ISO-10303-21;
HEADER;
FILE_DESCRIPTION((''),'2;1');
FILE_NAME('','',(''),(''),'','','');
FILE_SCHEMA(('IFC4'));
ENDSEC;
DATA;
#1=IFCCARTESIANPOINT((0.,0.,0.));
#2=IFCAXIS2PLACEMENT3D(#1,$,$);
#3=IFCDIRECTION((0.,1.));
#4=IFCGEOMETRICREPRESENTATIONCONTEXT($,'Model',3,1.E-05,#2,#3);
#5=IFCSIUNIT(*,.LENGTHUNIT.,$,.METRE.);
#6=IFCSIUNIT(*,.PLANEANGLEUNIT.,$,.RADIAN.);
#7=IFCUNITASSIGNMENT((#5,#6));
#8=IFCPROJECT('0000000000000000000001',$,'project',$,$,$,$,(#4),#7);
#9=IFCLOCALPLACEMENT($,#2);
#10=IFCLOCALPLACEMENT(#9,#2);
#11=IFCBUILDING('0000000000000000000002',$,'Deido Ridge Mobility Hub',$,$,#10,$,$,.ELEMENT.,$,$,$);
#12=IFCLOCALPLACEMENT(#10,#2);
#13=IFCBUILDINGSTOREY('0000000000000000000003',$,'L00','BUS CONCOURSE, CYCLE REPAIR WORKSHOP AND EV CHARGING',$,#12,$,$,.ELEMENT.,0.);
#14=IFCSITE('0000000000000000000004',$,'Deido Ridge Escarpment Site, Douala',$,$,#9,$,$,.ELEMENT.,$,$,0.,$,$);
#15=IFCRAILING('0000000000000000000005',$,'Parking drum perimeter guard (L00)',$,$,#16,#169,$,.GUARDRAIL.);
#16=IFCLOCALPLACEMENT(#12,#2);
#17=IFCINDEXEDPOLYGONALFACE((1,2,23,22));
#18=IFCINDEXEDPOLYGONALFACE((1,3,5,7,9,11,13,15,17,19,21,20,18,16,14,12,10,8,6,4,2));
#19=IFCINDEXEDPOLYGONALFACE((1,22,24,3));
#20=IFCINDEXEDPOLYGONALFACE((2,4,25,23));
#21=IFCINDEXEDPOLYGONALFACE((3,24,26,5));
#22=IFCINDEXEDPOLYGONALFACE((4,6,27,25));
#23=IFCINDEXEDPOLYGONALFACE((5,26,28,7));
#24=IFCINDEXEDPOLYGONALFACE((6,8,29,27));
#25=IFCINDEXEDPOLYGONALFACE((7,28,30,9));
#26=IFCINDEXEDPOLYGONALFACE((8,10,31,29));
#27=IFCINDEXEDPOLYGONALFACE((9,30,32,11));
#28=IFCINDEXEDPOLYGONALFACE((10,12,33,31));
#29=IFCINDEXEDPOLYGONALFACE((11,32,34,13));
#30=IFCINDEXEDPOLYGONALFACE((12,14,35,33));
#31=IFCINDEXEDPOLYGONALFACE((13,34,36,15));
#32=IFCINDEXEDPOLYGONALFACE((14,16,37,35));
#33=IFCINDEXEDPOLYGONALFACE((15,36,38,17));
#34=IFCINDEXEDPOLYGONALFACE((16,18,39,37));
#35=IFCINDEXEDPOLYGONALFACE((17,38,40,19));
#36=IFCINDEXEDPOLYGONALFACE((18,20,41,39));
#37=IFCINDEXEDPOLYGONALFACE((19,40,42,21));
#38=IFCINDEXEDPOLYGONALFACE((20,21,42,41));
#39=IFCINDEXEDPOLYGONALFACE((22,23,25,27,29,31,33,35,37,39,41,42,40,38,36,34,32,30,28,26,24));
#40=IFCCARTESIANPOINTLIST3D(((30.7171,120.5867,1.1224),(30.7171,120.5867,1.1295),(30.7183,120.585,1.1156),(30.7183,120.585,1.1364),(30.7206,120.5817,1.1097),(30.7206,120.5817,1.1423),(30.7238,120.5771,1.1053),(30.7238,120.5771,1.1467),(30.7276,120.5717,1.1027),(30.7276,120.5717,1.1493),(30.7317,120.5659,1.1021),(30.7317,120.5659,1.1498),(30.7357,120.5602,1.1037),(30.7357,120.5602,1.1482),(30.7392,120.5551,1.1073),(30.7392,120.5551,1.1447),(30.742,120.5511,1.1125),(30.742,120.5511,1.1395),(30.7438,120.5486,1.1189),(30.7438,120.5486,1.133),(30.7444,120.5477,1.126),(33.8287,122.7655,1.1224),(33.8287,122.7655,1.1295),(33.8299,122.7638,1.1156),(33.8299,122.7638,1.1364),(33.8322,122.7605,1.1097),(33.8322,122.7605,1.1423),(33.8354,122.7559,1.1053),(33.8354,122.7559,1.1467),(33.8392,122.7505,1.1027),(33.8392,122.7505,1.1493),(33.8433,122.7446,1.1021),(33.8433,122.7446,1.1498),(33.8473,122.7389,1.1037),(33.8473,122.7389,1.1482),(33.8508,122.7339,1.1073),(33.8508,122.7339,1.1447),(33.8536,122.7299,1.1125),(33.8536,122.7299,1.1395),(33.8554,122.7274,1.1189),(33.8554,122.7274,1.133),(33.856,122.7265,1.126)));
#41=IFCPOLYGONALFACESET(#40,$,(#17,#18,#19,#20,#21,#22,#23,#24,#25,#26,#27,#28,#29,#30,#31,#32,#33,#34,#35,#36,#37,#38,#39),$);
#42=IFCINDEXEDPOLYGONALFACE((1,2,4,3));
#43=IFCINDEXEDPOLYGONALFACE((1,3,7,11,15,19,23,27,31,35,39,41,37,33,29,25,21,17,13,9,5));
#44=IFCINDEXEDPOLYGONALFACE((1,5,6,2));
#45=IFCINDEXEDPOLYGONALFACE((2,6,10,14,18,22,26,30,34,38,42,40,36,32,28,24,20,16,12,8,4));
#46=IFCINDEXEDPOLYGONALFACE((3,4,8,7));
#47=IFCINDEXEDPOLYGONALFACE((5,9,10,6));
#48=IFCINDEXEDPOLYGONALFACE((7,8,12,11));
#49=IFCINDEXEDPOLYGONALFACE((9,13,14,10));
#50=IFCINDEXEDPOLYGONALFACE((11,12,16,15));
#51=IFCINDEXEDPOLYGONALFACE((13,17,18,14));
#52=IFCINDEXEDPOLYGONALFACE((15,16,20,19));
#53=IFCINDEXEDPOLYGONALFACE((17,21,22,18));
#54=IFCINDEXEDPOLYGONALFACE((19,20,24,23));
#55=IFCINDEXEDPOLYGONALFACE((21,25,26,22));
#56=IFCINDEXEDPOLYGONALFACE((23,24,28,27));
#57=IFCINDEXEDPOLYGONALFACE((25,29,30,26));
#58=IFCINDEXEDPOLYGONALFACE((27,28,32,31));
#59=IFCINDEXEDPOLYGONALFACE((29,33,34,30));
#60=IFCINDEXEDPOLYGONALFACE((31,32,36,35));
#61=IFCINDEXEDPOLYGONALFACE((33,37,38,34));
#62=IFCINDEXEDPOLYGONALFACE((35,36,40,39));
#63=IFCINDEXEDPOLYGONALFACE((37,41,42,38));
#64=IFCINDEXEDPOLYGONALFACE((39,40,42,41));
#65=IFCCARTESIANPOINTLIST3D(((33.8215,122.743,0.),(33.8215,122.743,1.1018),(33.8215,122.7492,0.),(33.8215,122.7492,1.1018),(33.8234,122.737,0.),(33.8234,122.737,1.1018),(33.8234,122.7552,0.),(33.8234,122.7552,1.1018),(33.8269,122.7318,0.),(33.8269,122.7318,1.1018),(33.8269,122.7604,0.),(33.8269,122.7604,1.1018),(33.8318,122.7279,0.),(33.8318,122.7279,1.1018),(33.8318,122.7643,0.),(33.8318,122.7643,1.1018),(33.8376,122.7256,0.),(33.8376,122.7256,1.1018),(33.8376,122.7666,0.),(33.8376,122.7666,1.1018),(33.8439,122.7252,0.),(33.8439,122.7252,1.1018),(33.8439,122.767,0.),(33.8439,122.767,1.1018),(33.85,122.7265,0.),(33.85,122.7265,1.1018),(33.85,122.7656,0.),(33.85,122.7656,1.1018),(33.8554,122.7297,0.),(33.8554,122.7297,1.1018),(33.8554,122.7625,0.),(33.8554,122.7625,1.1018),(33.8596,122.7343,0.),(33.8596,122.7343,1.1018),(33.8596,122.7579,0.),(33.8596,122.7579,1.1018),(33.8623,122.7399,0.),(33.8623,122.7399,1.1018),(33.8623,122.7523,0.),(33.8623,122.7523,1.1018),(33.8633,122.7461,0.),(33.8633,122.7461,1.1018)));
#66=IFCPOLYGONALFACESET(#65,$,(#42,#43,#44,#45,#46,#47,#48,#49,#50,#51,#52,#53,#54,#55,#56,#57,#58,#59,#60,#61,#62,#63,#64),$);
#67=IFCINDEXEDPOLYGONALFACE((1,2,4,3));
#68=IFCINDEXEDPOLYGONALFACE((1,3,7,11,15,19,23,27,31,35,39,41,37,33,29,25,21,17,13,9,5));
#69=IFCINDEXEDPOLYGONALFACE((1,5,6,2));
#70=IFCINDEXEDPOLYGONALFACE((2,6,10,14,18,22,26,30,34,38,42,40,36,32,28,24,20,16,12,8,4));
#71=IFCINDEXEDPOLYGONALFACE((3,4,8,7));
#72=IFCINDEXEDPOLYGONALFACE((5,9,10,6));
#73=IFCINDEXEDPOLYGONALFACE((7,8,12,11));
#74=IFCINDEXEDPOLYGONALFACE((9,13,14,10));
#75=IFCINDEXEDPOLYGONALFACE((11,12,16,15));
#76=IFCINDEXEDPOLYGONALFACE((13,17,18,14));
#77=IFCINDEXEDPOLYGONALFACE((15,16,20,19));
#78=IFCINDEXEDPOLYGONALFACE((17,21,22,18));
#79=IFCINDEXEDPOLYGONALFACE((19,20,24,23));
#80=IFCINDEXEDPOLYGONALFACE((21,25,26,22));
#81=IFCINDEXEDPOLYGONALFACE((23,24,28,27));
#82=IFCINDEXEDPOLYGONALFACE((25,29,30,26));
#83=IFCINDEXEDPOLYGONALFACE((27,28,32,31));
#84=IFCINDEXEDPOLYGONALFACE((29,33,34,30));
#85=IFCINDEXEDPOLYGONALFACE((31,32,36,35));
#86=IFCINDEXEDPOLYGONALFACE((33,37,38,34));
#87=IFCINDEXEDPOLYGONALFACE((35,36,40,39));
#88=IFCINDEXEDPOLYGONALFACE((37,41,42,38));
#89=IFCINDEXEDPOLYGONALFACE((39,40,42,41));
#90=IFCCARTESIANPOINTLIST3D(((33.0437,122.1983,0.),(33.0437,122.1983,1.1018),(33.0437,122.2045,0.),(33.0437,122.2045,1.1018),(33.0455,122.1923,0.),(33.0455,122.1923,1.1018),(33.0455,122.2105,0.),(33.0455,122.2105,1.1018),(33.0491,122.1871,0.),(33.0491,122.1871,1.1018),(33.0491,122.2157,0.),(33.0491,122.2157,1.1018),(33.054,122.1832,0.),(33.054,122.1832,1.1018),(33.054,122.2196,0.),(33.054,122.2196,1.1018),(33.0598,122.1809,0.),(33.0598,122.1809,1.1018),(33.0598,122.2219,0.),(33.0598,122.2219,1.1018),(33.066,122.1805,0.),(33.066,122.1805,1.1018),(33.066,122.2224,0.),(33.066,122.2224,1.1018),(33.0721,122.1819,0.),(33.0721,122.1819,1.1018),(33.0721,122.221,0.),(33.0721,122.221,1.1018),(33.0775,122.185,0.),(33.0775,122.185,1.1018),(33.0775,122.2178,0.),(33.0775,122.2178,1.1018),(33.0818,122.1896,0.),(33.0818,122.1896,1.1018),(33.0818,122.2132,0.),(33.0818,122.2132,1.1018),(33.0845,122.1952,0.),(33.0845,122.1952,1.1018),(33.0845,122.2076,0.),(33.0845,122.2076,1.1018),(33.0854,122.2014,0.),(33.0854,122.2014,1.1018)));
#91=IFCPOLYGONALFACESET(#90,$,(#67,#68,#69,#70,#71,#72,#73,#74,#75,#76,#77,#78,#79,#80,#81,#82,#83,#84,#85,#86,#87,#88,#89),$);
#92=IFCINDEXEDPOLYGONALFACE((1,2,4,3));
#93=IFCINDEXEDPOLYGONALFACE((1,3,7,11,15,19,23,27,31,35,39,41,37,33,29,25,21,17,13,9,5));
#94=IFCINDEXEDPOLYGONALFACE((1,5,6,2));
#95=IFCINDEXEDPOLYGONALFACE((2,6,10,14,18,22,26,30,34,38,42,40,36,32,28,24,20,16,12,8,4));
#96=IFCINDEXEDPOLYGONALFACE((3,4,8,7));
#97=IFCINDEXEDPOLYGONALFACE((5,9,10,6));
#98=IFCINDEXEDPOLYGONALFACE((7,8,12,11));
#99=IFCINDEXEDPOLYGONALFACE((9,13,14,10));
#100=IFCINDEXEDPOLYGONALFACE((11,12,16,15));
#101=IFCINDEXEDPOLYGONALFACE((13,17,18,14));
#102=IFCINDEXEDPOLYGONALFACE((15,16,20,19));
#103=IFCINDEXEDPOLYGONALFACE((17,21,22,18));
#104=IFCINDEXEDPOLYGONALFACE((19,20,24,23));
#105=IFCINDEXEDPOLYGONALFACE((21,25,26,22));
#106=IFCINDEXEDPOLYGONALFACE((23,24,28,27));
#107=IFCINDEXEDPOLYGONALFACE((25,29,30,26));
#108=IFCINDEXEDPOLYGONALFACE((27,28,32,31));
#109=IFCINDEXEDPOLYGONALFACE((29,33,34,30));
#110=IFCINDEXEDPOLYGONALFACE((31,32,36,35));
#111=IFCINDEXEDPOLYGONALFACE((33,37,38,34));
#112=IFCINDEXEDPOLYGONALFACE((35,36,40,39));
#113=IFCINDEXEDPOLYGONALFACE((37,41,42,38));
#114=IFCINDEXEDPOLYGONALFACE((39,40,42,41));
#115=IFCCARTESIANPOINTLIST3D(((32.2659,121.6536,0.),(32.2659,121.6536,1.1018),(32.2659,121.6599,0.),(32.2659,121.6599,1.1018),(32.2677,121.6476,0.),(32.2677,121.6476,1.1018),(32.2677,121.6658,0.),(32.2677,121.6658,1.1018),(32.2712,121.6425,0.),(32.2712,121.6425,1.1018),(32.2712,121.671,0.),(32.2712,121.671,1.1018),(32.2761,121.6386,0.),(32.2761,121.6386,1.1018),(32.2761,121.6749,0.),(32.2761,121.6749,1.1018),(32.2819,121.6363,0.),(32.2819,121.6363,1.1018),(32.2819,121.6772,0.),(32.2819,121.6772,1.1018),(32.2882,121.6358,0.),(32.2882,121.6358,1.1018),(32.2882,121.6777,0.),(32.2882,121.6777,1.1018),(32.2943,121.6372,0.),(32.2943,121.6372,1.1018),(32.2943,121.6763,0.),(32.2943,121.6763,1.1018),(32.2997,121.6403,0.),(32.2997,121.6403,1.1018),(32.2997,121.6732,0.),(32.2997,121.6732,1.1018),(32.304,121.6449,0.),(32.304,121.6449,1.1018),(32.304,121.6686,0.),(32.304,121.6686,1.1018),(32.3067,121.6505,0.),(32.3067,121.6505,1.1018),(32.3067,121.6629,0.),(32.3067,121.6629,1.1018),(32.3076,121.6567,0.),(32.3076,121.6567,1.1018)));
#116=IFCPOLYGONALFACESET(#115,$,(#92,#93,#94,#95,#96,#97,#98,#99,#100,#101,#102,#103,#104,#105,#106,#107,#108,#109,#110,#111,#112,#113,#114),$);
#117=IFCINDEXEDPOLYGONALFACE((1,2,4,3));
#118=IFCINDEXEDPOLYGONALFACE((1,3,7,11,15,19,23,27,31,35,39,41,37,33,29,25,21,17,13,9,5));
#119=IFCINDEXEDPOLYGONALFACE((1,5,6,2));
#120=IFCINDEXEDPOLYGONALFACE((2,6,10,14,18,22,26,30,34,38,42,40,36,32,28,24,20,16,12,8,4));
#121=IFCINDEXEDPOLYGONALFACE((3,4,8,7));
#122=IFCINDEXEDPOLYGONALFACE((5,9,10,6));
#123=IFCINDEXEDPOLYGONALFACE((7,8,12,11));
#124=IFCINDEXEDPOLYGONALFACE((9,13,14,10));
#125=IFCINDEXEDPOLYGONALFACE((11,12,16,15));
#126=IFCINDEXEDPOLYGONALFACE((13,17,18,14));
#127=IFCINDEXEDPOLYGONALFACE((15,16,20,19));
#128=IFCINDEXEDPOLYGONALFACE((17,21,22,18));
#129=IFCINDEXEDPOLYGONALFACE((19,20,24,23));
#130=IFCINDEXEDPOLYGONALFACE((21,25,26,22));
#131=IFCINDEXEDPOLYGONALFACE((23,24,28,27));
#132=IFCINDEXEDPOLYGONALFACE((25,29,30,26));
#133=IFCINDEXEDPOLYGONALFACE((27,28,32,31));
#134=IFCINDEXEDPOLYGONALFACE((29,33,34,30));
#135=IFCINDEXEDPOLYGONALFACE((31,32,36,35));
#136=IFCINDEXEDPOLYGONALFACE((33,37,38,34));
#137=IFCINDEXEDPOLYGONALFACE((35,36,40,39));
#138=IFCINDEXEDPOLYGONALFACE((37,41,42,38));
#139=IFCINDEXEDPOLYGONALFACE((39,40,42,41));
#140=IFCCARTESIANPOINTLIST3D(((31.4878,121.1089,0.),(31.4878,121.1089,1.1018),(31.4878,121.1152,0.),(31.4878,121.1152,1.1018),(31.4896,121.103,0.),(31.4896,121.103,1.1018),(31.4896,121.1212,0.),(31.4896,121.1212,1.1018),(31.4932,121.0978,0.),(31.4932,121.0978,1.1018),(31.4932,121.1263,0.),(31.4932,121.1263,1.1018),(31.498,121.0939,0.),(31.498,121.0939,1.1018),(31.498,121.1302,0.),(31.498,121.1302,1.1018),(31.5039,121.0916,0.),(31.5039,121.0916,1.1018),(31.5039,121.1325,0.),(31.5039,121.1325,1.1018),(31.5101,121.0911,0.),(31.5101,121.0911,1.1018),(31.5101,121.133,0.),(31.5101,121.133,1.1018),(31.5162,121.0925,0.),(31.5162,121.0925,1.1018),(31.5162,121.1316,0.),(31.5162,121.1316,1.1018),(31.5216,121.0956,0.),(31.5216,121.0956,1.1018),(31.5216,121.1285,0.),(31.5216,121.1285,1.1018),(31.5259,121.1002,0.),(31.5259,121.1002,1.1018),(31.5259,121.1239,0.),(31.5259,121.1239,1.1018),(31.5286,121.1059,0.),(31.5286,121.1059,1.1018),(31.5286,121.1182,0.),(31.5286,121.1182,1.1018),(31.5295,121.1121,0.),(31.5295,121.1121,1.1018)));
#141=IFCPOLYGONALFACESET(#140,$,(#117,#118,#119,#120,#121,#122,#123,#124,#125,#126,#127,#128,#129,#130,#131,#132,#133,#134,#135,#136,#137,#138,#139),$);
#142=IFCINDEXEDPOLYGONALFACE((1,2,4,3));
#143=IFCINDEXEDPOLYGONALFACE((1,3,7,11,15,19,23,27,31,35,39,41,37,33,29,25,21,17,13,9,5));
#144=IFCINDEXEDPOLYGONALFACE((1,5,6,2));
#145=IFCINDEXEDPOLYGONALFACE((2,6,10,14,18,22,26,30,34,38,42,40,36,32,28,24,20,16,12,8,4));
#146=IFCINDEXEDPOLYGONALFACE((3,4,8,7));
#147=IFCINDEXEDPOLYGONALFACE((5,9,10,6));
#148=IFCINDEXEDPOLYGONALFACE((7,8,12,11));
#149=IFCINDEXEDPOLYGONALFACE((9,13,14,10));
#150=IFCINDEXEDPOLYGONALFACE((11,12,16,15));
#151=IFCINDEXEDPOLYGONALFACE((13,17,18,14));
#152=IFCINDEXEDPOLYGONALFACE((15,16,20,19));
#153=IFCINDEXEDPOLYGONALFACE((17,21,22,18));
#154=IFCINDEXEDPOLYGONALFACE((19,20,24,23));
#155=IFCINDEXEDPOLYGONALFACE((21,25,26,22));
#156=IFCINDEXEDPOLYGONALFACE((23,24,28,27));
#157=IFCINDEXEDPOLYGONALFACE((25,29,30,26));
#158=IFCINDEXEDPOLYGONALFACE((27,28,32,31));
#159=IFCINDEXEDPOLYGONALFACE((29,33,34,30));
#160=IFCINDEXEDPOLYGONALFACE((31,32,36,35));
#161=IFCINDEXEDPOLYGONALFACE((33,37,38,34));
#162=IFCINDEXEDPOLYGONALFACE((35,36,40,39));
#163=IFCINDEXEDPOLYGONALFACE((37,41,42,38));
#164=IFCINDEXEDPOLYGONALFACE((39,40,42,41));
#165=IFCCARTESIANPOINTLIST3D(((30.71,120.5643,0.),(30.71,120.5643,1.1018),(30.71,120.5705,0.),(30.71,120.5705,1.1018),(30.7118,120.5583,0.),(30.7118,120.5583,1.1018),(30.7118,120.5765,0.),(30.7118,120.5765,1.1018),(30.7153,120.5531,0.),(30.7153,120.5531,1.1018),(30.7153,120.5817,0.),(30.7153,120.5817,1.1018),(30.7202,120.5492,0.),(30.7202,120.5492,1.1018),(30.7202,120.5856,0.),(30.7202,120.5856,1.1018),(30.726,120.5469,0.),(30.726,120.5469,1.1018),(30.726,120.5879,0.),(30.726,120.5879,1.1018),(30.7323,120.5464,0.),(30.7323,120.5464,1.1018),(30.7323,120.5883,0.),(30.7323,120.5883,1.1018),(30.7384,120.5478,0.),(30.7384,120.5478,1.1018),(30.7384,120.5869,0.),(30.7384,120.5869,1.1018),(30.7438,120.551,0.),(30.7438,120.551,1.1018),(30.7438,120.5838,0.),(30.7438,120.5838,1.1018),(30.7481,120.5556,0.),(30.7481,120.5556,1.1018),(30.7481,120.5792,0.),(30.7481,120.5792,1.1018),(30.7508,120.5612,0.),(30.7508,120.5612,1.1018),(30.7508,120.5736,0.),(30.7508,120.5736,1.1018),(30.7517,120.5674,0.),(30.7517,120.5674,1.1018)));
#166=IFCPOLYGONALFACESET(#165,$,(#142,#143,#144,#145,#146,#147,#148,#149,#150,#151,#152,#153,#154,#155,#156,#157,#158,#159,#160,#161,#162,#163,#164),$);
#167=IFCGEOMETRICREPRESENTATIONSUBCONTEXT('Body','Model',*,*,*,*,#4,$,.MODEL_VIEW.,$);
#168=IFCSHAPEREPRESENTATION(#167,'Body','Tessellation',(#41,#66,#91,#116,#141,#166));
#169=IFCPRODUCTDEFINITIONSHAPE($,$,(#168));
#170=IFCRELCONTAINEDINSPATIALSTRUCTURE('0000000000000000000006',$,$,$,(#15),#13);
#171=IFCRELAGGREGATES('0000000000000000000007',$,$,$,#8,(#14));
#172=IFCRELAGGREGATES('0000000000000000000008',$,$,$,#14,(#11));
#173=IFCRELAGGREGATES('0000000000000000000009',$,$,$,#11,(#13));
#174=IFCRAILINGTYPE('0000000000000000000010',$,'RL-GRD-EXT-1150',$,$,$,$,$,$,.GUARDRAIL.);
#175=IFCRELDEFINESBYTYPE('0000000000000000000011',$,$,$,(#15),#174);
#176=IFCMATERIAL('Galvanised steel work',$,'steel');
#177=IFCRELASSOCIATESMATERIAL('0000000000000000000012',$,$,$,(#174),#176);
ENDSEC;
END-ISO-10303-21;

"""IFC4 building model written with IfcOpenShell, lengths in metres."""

from ifc_helpers import new_model, si_unit, direction, frame, origin, origin_2d, place, context, subcontext, project, spatial, circle, extrude, material, type_object, element, save


model = new_model("IFC4")

# Units and contexts
model_context = context("Model", 3, precision=1e-05, world=origin(), true_north=direction((0.0, 1.0)))
body_context = subcontext(model_context, "Body", "Model", "MODEL_VIEW")
ifc_project = project(units=[si_unit("LENGTHUNIT", "METRE"), si_unit("PLANEANGLEUNIT", "RADIAN")], contexts=[model_context])

# Site, building, storey
site_placement = place(None, origin())
site = spatial("IfcSite", under=ifc_project, at=site_placement, Name="Deido Ridge Escarpment Site, Douala", CompositionType="ELEMENT", RefElevation=0.0)
building_placement = place(site_placement, origin())
building = spatial("IfcBuilding", under=site, at=building_placement, Name="Deido Ridge Mobility Hub", CompositionType="ELEMENT")
storey_placement = place(building_placement, origin())
storey = spatial("IfcBuildingStorey", under=building, at=storey_placement, Name="L00", Description="BUS CONCOURSE, CYCLE REPAIR WORKSHOP AND EV CHARGING", CompositionType="ELEMENT", Elevation=0.0)

# Railing
ifc_material_1 = material(Name="Galvanised steel work", Category="steel")
railing_type = type_object("IfcRailingType", Name="RL-GRD-EXT-1150", PredefinedType="GUARDRAIL", material=ifc_material_1)
railing_1_placement = place(storey_placement, frame((33.8423, 122.7461, 0.0)))
element("IfcRailing", 1, at=railing_1_placement, inside=storey, type_object=railing_type, Name="Parking drum perimeter guard (L00)", PredefinedType="GUARDRAIL", context=body_context, shape_type="SweptSolid", body=[
    extrude(circle(Radius=0.0239, at=origin_2d()), frame((0.0, 0.0, 1.126), z_axis=(-0.819156, -0.57357, 0.0), x_axis=(0.57357, -0.819156, 0.0)), (0.0, 0.0, 1.0), 3.7986),
    extrude(circle(Radius=0.021, at=origin_2d()), origin(), (0.0, 0.0, 1.0), 1.1018),
    extrude(circle(Radius=0.021, at=origin_2d()), frame((-0.7778, -0.5447, 0.0)), (0.0, 0.0, 1.0), 1.1018),
    extrude(circle(Radius=0.021, at=origin_2d()), frame((-1.5557, -1.0894, 0.0)), (0.0, 0.0, 1.0), 1.1018),
    extrude(circle(Radius=0.021, at=origin_2d()), frame((-2.3337, -1.634, 0.0)), (0.0, 0.0, 1.0), 1.1018),
    extrude(circle(Radius=0.021, at=origin_2d()), frame((-3.1116, -2.1787, 0.0)), (0.0, 0.0, 1.0), 1.1018),
])

save(model, "model.ifc")
